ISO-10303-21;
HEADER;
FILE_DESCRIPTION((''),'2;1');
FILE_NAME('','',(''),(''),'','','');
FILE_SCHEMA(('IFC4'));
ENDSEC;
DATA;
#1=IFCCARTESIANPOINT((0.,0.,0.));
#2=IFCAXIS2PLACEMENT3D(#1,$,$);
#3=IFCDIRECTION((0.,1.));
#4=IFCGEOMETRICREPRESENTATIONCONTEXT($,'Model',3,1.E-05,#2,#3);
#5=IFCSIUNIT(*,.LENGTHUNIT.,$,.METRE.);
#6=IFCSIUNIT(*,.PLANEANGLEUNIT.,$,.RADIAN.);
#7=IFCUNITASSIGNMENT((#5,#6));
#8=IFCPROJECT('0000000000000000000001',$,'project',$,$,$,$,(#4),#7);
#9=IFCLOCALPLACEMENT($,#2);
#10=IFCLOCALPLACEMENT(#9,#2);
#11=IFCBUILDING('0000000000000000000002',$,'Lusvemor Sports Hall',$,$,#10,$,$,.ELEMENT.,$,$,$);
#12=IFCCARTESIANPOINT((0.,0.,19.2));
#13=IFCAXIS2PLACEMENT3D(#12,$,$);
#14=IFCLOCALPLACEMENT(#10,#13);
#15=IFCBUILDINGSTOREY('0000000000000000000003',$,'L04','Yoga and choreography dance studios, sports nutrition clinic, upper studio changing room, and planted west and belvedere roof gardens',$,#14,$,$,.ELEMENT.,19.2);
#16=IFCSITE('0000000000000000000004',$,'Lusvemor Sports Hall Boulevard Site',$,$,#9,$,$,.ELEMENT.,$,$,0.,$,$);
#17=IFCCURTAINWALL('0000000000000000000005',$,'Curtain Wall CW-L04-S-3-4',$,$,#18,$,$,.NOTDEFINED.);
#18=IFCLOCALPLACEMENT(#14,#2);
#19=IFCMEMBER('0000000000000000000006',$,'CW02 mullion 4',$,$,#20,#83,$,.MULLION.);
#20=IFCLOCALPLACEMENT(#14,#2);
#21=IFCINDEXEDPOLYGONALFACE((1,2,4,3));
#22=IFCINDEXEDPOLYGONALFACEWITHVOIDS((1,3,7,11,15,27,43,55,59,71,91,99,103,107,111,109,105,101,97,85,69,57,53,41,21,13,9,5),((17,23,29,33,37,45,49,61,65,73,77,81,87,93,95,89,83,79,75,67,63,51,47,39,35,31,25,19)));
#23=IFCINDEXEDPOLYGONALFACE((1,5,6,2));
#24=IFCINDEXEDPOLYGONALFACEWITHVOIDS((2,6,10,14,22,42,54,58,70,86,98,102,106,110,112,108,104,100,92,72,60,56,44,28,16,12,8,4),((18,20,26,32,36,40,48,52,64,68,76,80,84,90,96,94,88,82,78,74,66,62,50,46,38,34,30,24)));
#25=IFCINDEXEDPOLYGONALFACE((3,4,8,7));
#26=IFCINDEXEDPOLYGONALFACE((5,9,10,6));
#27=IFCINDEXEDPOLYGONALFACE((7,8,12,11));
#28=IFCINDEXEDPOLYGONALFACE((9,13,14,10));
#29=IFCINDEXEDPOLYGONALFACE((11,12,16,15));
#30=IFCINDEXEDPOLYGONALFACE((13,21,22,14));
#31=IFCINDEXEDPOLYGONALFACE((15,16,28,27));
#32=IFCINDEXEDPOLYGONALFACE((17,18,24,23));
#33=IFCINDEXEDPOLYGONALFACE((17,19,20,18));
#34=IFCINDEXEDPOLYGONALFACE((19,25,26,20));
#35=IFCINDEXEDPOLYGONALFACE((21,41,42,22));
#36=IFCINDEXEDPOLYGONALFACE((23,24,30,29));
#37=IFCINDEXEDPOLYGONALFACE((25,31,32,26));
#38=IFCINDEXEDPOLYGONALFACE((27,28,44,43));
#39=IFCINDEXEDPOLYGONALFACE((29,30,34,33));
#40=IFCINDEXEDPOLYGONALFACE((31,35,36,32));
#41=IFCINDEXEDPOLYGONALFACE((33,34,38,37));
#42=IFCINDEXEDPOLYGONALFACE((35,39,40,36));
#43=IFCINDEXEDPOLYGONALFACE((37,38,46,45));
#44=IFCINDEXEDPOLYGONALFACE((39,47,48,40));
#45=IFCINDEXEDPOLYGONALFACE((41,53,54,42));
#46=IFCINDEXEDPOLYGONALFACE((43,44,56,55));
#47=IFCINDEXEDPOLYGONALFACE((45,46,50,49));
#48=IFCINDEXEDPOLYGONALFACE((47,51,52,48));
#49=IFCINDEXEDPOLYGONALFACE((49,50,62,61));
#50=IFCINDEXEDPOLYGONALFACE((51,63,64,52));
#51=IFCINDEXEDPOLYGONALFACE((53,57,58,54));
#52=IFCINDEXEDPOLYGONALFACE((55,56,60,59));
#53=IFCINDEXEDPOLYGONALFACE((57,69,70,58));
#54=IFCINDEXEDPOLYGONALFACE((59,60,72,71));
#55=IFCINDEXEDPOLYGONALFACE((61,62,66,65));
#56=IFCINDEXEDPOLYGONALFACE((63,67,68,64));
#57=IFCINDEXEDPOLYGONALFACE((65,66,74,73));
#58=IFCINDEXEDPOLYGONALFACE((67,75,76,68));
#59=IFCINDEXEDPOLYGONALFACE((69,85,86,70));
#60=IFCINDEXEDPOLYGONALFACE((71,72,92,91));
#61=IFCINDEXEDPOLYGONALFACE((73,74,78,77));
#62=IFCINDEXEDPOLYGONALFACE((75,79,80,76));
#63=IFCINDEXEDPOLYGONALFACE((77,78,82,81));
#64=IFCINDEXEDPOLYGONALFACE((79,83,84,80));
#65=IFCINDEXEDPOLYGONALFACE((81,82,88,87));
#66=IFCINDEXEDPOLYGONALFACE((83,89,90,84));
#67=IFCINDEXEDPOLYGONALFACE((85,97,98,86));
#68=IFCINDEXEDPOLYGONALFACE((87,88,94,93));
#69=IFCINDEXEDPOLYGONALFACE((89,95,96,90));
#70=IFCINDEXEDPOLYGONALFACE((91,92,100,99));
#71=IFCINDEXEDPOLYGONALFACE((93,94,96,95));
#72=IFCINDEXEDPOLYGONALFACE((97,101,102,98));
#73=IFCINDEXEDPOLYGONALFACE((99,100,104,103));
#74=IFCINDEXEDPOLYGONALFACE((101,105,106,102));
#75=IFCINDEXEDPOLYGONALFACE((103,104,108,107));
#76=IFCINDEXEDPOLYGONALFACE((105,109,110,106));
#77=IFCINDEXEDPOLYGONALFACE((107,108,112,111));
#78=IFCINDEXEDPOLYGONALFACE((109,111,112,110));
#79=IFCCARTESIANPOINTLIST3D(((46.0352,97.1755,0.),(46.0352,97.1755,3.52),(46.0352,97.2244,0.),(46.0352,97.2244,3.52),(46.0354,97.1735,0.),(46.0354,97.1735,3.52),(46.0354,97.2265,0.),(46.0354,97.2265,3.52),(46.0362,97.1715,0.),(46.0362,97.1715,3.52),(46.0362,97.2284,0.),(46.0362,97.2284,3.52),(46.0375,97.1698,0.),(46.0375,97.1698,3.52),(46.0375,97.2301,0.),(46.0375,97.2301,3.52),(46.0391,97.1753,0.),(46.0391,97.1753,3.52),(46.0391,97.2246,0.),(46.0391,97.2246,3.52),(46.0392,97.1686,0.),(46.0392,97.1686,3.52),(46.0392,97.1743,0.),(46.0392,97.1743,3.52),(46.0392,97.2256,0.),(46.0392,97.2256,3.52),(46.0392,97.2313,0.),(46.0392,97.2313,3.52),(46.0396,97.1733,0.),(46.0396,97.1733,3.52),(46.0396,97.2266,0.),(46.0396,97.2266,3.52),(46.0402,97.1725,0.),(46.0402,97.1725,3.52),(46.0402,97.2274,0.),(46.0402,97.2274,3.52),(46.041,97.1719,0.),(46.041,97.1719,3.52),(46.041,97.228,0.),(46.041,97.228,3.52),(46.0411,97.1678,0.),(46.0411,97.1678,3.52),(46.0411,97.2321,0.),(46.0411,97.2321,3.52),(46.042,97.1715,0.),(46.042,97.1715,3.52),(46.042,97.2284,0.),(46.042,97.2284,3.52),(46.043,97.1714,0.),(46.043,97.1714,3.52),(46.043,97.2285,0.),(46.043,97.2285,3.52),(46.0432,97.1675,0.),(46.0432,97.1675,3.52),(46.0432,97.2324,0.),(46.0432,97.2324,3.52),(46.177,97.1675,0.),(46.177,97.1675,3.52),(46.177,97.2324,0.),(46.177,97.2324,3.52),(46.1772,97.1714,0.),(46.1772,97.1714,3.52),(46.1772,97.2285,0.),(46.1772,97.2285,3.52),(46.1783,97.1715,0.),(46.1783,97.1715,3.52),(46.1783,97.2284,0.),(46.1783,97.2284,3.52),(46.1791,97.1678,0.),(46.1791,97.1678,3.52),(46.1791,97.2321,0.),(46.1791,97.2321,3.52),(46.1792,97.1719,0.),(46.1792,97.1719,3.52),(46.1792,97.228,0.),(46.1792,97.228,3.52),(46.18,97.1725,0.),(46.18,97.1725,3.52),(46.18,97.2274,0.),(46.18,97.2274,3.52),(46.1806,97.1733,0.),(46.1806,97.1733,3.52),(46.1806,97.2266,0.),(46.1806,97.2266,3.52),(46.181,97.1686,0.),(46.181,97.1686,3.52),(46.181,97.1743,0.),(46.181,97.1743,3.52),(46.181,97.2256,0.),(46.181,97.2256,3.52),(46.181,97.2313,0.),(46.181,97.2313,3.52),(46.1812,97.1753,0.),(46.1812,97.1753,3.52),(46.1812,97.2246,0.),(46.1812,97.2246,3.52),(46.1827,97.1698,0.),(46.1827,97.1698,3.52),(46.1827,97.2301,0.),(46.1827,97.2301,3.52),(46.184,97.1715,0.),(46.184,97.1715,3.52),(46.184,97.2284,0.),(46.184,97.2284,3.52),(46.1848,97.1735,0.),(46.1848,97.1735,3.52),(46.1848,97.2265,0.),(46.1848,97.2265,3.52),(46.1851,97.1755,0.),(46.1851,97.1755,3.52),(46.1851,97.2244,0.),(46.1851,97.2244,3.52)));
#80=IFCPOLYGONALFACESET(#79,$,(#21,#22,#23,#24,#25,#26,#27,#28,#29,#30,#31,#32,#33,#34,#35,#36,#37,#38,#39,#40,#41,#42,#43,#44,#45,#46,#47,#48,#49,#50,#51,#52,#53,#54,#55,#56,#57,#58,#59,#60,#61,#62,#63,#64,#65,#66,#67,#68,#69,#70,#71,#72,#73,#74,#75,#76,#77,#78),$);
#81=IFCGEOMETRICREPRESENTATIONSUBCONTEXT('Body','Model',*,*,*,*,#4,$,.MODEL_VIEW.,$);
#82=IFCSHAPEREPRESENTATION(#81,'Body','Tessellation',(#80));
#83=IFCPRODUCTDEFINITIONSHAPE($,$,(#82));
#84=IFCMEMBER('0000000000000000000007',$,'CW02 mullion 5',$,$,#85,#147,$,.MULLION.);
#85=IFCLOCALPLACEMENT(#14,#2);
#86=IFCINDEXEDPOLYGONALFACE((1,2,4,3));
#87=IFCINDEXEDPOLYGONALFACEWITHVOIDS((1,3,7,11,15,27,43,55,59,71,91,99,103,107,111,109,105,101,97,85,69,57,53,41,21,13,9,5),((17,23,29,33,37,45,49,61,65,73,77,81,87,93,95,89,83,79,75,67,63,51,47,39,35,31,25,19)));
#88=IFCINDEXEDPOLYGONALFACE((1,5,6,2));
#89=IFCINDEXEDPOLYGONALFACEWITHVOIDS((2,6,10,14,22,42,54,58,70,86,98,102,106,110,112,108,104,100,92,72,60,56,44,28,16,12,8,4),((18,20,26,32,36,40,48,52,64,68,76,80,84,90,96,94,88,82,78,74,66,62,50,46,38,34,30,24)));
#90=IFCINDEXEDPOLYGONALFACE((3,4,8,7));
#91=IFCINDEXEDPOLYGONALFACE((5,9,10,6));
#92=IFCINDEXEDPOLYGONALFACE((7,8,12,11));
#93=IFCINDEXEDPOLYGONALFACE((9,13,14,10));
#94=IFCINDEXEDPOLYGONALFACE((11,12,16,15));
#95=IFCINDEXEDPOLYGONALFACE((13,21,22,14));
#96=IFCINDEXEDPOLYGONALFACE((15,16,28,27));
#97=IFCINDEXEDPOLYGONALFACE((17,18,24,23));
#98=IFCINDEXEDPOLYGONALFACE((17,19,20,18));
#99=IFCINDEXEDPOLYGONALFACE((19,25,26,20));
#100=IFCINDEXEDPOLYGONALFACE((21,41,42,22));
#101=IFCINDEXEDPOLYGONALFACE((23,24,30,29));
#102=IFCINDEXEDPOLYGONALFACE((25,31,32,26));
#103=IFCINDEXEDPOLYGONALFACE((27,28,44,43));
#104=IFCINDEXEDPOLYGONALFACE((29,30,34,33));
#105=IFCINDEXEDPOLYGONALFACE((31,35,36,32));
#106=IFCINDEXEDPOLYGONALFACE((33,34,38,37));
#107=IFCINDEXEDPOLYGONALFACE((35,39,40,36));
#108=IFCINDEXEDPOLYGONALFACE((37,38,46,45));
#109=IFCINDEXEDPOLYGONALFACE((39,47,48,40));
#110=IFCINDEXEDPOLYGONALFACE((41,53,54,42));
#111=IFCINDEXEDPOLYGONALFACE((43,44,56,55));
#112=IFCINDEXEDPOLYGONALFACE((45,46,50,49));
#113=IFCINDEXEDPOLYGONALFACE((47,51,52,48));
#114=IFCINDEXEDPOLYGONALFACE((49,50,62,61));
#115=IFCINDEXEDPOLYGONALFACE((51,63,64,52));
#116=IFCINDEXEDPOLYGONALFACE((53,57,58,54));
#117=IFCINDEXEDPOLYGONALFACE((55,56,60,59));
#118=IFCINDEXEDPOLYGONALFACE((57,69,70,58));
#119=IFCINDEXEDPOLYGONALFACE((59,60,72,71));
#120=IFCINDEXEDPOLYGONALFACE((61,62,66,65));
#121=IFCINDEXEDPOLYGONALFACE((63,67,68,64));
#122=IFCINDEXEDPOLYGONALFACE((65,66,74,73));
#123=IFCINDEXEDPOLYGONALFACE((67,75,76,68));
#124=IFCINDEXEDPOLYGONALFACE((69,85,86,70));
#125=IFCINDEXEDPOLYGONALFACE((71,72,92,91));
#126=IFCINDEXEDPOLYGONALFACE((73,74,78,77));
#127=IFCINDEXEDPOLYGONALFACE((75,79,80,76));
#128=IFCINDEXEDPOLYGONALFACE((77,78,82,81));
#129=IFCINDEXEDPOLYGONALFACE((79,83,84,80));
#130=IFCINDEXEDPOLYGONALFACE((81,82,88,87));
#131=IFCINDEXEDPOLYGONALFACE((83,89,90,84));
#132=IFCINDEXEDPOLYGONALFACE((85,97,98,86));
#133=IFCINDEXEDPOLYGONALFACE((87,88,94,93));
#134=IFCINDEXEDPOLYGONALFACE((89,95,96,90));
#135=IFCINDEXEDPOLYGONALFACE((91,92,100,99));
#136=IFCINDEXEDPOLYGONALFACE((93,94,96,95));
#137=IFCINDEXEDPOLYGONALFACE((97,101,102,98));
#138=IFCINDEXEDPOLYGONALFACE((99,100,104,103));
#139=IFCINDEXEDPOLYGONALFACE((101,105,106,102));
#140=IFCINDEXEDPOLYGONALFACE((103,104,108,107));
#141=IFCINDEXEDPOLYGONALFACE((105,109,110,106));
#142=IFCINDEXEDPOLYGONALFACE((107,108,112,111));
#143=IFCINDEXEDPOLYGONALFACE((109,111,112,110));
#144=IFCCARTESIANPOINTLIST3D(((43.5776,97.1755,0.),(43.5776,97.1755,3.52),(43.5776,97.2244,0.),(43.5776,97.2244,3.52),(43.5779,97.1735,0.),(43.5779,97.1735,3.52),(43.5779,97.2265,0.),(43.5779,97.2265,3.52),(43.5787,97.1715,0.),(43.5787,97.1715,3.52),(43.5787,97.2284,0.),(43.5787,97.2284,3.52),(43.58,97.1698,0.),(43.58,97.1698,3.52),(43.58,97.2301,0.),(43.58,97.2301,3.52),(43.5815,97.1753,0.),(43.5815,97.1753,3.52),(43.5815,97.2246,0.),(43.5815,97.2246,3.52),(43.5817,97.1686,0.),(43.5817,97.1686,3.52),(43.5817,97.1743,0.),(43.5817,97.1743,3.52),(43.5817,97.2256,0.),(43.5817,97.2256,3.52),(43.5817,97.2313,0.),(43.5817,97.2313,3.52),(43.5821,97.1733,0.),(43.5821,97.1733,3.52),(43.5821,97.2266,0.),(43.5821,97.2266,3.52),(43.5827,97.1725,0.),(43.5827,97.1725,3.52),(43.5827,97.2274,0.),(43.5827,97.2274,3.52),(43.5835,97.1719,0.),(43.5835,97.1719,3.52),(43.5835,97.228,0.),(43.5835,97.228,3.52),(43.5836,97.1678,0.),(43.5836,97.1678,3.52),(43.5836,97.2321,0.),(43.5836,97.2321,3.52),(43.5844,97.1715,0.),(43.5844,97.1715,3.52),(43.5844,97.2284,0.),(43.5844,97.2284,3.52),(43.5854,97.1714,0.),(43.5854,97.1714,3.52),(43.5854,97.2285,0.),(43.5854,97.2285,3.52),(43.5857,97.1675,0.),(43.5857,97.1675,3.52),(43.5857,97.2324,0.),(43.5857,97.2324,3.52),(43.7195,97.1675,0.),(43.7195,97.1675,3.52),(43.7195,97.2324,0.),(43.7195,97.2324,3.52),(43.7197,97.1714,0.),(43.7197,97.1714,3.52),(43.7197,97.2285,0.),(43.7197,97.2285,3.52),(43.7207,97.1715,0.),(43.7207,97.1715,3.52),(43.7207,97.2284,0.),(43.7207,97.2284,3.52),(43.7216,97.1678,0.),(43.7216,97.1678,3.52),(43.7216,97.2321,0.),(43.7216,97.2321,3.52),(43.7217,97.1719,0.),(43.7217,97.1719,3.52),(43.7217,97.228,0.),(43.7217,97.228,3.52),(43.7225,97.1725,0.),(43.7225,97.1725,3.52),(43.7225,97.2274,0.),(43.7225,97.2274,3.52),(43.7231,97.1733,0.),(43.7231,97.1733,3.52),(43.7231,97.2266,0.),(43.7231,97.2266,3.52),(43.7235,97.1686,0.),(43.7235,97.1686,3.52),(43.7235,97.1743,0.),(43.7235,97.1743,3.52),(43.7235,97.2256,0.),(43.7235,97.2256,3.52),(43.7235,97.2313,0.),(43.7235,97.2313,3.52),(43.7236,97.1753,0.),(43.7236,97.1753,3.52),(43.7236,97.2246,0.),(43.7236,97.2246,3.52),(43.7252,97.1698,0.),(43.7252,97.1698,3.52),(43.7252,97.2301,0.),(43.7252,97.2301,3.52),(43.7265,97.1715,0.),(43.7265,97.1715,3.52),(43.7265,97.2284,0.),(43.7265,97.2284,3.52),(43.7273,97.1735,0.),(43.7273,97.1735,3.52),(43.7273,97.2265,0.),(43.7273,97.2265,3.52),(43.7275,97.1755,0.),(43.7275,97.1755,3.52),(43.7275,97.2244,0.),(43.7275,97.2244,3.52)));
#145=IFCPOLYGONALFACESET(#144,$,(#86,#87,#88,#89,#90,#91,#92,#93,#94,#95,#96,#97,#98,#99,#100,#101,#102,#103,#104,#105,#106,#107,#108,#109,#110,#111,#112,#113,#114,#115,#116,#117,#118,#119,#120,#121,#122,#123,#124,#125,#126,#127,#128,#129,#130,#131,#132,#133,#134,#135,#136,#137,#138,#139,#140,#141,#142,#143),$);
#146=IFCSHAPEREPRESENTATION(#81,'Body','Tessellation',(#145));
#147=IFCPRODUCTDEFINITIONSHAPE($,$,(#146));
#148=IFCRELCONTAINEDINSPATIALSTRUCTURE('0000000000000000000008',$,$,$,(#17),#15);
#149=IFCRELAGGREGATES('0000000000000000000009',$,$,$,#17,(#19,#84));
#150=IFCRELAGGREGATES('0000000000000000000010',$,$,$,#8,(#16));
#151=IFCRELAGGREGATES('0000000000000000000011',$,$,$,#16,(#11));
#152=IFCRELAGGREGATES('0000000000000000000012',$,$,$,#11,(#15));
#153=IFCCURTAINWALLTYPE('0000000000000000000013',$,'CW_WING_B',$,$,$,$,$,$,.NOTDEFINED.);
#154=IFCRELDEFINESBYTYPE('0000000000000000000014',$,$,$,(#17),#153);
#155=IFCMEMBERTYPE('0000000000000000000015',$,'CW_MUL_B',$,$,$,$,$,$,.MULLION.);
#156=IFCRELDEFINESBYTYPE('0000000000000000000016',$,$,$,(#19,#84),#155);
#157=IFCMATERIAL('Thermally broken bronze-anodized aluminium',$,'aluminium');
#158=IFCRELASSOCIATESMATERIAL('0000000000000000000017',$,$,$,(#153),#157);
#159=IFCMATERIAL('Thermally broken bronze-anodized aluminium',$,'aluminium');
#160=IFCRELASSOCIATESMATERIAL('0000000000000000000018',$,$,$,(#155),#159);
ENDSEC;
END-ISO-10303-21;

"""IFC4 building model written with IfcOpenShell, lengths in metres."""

from ifc_helpers import new_model, si_unit, direction, frame, origin, origin_2d, place, context, subcontext, project, spatial, hollow_rectangle, extrude, material, material_profile, profile_set, type_object, element, aggregate, save


model = new_model("IFC4")

# Units and contexts
model_context = context("Model", 3, precision=1e-05, world=origin(), true_north=direction((0.0, 1.0)))
body_context = subcontext(model_context, "Body", "Model", "MODEL_VIEW")
ifc_project = project(units=[si_unit("LENGTHUNIT", "METRE"), si_unit("PLANEANGLEUNIT", "RADIAN")], contexts=[model_context])

# Site, building, storey
site_placement = place(None, origin())
site = spatial("IfcSite", under=ifc_project, at=site_placement, Name="Lusvemor Sports Hall Boulevard Site", CompositionType="ELEMENT", RefElevation=0.0)
building_placement = place(site_placement, origin())
building = spatial("IfcBuilding", under=site, at=building_placement, Name="Lusvemor Sports Hall", CompositionType="ELEMENT")
storey_placement = place(building_placement, frame((0.0, 0.0, 19.2)))
storey = spatial("IfcBuildingStorey", under=building, at=storey_placement, Name="L04", Description="Yoga and choreography dance studios, sports nutrition clinic, upper studio changing room, and planted west and belvedere roof gardens", CompositionType="ELEMENT", Elevation=19.2)

# Shared definitions
ifc_material_1 = material(Name="Thermally broken bronze-anodized aluminium", Category="aluminium")
curtain_wall_type = type_object("IfcCurtainWallType", Name="CW_WING_B", PredefinedType="NOTDEFINED", material=ifc_material_1)
ifc_material_2 = material(Name="Thermally broken bronze-anodized aluminium", Category="aluminium")
ifc_material_profile_1 = material_profile(ifc_material_2, hollow_rectangle(XDim=0.0649, YDim=0.1499, WallThickness=0.0039, InnerFilletRadius=0.0039, OuterFilletRadius=0.0081, at=origin_2d()), Name="CWMUL150x65x4")
ifc_profile_set_1 = profile_set([ifc_material_profile_1], Name="Thermally broken bronze-anodized aluminium")
member_type_1 = type_object("IfcMemberType", Name="CW_MUL_B", PredefinedType="MULLION", material=ifc_profile_set_1)

# Curtain wall, members
curtain_wall_1_placement = place(storey_placement, origin())
curtain_wall_1 = element("IfcCurtainWall", 1, at=curtain_wall_1_placement, inside=storey, type_object=curtain_wall_type, Name="Curtain Wall CW-L04-S-3-4", PredefinedType="NOTDEFINED")
member_1_placement = place(storey_placement, frame((46.1101, 97.2, 0.0), z_axis=(0.0, 0.0, 1.0), x_axis=(0.0, -1.0, 0.0)))
member_1 = element("IfcMember", 2, at=member_1_placement, type_object=member_type_1, Name="CW02 mullion 4", PredefinedType="MULLION", context=body_context, shape_type="SweptSolid", body=[
    extrude(hollow_rectangle(XDim=0.0649, YDim=0.1499, WallThickness=0.0039, InnerFilletRadius=0.0039, OuterFilletRadius=0.0081, at=origin_2d()), origin(), (0.0, 0.0, 1.0), 3.52),
])
member_2_placement = place(storey_placement, frame((43.6526, 97.2, 0.0), z_axis=(0.0, 0.0, 1.0), x_axis=(0.0, -1.0, 0.0)))
member_2 = element("IfcMember", 3, at=member_2_placement, type_object=member_type_1, Name="CW02 mullion 5", PredefinedType="MULLION", context=body_context, shape_type="SweptSolid", body=[
    extrude(hollow_rectangle(XDim=0.0649, YDim=0.1499, WallThickness=0.0039, InnerFilletRadius=0.0039, OuterFilletRadius=0.0081, at=origin_2d()), origin(), (0.0, 0.0, 1.0), 3.52),
])

aggregate(curtain_wall_1, [member_1, member_2])

save(model, "model.ifc")
